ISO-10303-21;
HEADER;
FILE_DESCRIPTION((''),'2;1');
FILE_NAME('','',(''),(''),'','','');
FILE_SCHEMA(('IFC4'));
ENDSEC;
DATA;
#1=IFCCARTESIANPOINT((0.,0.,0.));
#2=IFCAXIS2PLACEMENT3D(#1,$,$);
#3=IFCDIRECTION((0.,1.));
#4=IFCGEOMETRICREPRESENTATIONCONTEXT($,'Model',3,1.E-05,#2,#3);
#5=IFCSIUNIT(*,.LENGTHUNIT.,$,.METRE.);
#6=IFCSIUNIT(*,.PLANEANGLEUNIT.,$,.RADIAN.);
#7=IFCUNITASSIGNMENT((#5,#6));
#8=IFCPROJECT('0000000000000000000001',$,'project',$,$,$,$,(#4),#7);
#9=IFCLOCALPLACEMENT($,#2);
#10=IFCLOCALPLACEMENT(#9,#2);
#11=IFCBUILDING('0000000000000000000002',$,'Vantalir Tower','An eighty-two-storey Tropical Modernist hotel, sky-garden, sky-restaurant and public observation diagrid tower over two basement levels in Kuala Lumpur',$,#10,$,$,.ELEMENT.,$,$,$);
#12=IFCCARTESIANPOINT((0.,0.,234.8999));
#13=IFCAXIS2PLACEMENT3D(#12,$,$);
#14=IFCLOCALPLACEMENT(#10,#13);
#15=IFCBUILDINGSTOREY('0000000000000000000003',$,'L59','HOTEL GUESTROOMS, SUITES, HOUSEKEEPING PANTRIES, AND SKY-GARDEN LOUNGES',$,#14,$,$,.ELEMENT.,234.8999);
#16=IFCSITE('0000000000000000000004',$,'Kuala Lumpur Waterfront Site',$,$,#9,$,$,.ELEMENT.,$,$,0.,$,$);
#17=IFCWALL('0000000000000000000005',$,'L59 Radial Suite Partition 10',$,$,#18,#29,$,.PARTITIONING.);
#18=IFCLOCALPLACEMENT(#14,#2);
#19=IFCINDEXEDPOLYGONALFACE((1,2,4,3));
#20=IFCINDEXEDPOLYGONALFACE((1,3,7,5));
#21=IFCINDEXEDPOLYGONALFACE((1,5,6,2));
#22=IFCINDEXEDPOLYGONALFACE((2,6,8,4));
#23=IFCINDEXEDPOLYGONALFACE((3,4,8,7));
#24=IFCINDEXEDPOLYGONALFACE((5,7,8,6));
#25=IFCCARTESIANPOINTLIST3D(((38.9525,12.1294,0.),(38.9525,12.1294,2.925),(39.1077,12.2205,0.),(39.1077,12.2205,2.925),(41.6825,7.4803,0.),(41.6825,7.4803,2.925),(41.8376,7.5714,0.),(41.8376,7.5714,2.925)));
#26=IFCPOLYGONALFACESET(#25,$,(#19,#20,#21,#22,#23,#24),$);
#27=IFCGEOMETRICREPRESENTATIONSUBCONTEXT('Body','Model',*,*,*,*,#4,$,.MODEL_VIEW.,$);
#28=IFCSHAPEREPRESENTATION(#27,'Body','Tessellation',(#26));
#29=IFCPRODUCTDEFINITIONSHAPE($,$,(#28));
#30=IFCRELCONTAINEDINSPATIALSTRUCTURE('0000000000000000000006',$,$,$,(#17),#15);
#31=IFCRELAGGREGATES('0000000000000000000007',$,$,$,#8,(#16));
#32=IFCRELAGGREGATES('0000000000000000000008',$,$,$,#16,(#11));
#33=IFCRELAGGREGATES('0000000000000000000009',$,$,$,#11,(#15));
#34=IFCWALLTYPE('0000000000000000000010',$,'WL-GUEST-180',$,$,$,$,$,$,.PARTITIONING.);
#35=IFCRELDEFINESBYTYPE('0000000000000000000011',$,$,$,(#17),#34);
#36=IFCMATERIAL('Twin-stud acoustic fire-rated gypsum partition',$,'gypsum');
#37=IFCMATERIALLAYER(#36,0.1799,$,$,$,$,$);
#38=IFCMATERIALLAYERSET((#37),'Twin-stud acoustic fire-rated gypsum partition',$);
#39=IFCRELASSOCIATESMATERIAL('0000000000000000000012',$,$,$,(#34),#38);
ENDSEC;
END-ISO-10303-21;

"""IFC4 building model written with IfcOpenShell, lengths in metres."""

from ifc_helpers import new_model, si_unit, direction, frame, frame_2d, origin, place, context, subcontext, project, spatial, rectangle, extrude, material, layer, layer_set, type_object, element, save


model = new_model("IFC4")

# Units and contexts
model_context = context("Model", 3, precision=1e-05, world=origin(), true_north=direction((0.0, 1.0)))
body_context = subcontext(model_context, "Body", "Model", "MODEL_VIEW")
ifc_project = project(units=[si_unit("LENGTHUNIT", "METRE"), si_unit("PLANEANGLEUNIT", "RADIAN")], contexts=[model_context])

# Site, building, storey
site_placement = place(None, origin())
site = spatial("IfcSite", under=ifc_project, at=site_placement, Name="Kuala Lumpur Waterfront Site", CompositionType="ELEMENT", RefElevation=0.0)
building_placement = place(site_placement, origin())
building = spatial("IfcBuilding", under=site, at=building_placement, Name="Vantalir Tower", Description="An eighty-two-storey Tropical Modernist hotel, sky-garden, sky-restaurant and public observation diagrid tower over two basement levels in Kuala Lumpur", CompositionType="ELEMENT")
storey_placement = place(building_placement, frame((0.0, 0.0, 234.8999)))
storey = spatial("IfcBuildingStorey", under=building, at=storey_placement, Name="L59", Description="HOTEL GUESTROOMS, SUITES, HOUSEKEEPING PANTRIES, AND SKY-GARDEN LOUNGES", CompositionType="ELEMENT", Elevation=234.8999)

# Wall
ifc_material_1 = material(Name="Twin-stud acoustic fire-rated gypsum partition", Category="gypsum")
ifc_layer_1 = layer(ifc_material_1, 0.1799)
ifc_layer_set_1 = layer_set([ifc_layer_1], Name="Twin-stud acoustic fire-rated gypsum partition")
wall_type_1 = type_object("IfcWallType", Name="WL-GUEST-180", PredefinedType="PARTITIONING", material=ifc_layer_set_1)
wall_1_placement = place(storey_placement, frame((39.03, 12.175, 0.0), z_axis=(0.0, 0.0, 1.0), x_axis=(0.506355, -0.862325, 0.0)))
element("IfcWall", 1, at=wall_1_placement, inside=storey, type_object=wall_type_1, Name="L59 Radial Suite Partition 10", PredefinedType="PARTITIONING", context=body_context, shape_type="SweptSolid", body=[
    extrude(rectangle(XDim=5.3914, YDim=0.1799, at=frame_2d((2.6958, 0.0))), origin(), (0.0, 0.0, 1.0), 2.925),
])

save(model, "model.ifc")
